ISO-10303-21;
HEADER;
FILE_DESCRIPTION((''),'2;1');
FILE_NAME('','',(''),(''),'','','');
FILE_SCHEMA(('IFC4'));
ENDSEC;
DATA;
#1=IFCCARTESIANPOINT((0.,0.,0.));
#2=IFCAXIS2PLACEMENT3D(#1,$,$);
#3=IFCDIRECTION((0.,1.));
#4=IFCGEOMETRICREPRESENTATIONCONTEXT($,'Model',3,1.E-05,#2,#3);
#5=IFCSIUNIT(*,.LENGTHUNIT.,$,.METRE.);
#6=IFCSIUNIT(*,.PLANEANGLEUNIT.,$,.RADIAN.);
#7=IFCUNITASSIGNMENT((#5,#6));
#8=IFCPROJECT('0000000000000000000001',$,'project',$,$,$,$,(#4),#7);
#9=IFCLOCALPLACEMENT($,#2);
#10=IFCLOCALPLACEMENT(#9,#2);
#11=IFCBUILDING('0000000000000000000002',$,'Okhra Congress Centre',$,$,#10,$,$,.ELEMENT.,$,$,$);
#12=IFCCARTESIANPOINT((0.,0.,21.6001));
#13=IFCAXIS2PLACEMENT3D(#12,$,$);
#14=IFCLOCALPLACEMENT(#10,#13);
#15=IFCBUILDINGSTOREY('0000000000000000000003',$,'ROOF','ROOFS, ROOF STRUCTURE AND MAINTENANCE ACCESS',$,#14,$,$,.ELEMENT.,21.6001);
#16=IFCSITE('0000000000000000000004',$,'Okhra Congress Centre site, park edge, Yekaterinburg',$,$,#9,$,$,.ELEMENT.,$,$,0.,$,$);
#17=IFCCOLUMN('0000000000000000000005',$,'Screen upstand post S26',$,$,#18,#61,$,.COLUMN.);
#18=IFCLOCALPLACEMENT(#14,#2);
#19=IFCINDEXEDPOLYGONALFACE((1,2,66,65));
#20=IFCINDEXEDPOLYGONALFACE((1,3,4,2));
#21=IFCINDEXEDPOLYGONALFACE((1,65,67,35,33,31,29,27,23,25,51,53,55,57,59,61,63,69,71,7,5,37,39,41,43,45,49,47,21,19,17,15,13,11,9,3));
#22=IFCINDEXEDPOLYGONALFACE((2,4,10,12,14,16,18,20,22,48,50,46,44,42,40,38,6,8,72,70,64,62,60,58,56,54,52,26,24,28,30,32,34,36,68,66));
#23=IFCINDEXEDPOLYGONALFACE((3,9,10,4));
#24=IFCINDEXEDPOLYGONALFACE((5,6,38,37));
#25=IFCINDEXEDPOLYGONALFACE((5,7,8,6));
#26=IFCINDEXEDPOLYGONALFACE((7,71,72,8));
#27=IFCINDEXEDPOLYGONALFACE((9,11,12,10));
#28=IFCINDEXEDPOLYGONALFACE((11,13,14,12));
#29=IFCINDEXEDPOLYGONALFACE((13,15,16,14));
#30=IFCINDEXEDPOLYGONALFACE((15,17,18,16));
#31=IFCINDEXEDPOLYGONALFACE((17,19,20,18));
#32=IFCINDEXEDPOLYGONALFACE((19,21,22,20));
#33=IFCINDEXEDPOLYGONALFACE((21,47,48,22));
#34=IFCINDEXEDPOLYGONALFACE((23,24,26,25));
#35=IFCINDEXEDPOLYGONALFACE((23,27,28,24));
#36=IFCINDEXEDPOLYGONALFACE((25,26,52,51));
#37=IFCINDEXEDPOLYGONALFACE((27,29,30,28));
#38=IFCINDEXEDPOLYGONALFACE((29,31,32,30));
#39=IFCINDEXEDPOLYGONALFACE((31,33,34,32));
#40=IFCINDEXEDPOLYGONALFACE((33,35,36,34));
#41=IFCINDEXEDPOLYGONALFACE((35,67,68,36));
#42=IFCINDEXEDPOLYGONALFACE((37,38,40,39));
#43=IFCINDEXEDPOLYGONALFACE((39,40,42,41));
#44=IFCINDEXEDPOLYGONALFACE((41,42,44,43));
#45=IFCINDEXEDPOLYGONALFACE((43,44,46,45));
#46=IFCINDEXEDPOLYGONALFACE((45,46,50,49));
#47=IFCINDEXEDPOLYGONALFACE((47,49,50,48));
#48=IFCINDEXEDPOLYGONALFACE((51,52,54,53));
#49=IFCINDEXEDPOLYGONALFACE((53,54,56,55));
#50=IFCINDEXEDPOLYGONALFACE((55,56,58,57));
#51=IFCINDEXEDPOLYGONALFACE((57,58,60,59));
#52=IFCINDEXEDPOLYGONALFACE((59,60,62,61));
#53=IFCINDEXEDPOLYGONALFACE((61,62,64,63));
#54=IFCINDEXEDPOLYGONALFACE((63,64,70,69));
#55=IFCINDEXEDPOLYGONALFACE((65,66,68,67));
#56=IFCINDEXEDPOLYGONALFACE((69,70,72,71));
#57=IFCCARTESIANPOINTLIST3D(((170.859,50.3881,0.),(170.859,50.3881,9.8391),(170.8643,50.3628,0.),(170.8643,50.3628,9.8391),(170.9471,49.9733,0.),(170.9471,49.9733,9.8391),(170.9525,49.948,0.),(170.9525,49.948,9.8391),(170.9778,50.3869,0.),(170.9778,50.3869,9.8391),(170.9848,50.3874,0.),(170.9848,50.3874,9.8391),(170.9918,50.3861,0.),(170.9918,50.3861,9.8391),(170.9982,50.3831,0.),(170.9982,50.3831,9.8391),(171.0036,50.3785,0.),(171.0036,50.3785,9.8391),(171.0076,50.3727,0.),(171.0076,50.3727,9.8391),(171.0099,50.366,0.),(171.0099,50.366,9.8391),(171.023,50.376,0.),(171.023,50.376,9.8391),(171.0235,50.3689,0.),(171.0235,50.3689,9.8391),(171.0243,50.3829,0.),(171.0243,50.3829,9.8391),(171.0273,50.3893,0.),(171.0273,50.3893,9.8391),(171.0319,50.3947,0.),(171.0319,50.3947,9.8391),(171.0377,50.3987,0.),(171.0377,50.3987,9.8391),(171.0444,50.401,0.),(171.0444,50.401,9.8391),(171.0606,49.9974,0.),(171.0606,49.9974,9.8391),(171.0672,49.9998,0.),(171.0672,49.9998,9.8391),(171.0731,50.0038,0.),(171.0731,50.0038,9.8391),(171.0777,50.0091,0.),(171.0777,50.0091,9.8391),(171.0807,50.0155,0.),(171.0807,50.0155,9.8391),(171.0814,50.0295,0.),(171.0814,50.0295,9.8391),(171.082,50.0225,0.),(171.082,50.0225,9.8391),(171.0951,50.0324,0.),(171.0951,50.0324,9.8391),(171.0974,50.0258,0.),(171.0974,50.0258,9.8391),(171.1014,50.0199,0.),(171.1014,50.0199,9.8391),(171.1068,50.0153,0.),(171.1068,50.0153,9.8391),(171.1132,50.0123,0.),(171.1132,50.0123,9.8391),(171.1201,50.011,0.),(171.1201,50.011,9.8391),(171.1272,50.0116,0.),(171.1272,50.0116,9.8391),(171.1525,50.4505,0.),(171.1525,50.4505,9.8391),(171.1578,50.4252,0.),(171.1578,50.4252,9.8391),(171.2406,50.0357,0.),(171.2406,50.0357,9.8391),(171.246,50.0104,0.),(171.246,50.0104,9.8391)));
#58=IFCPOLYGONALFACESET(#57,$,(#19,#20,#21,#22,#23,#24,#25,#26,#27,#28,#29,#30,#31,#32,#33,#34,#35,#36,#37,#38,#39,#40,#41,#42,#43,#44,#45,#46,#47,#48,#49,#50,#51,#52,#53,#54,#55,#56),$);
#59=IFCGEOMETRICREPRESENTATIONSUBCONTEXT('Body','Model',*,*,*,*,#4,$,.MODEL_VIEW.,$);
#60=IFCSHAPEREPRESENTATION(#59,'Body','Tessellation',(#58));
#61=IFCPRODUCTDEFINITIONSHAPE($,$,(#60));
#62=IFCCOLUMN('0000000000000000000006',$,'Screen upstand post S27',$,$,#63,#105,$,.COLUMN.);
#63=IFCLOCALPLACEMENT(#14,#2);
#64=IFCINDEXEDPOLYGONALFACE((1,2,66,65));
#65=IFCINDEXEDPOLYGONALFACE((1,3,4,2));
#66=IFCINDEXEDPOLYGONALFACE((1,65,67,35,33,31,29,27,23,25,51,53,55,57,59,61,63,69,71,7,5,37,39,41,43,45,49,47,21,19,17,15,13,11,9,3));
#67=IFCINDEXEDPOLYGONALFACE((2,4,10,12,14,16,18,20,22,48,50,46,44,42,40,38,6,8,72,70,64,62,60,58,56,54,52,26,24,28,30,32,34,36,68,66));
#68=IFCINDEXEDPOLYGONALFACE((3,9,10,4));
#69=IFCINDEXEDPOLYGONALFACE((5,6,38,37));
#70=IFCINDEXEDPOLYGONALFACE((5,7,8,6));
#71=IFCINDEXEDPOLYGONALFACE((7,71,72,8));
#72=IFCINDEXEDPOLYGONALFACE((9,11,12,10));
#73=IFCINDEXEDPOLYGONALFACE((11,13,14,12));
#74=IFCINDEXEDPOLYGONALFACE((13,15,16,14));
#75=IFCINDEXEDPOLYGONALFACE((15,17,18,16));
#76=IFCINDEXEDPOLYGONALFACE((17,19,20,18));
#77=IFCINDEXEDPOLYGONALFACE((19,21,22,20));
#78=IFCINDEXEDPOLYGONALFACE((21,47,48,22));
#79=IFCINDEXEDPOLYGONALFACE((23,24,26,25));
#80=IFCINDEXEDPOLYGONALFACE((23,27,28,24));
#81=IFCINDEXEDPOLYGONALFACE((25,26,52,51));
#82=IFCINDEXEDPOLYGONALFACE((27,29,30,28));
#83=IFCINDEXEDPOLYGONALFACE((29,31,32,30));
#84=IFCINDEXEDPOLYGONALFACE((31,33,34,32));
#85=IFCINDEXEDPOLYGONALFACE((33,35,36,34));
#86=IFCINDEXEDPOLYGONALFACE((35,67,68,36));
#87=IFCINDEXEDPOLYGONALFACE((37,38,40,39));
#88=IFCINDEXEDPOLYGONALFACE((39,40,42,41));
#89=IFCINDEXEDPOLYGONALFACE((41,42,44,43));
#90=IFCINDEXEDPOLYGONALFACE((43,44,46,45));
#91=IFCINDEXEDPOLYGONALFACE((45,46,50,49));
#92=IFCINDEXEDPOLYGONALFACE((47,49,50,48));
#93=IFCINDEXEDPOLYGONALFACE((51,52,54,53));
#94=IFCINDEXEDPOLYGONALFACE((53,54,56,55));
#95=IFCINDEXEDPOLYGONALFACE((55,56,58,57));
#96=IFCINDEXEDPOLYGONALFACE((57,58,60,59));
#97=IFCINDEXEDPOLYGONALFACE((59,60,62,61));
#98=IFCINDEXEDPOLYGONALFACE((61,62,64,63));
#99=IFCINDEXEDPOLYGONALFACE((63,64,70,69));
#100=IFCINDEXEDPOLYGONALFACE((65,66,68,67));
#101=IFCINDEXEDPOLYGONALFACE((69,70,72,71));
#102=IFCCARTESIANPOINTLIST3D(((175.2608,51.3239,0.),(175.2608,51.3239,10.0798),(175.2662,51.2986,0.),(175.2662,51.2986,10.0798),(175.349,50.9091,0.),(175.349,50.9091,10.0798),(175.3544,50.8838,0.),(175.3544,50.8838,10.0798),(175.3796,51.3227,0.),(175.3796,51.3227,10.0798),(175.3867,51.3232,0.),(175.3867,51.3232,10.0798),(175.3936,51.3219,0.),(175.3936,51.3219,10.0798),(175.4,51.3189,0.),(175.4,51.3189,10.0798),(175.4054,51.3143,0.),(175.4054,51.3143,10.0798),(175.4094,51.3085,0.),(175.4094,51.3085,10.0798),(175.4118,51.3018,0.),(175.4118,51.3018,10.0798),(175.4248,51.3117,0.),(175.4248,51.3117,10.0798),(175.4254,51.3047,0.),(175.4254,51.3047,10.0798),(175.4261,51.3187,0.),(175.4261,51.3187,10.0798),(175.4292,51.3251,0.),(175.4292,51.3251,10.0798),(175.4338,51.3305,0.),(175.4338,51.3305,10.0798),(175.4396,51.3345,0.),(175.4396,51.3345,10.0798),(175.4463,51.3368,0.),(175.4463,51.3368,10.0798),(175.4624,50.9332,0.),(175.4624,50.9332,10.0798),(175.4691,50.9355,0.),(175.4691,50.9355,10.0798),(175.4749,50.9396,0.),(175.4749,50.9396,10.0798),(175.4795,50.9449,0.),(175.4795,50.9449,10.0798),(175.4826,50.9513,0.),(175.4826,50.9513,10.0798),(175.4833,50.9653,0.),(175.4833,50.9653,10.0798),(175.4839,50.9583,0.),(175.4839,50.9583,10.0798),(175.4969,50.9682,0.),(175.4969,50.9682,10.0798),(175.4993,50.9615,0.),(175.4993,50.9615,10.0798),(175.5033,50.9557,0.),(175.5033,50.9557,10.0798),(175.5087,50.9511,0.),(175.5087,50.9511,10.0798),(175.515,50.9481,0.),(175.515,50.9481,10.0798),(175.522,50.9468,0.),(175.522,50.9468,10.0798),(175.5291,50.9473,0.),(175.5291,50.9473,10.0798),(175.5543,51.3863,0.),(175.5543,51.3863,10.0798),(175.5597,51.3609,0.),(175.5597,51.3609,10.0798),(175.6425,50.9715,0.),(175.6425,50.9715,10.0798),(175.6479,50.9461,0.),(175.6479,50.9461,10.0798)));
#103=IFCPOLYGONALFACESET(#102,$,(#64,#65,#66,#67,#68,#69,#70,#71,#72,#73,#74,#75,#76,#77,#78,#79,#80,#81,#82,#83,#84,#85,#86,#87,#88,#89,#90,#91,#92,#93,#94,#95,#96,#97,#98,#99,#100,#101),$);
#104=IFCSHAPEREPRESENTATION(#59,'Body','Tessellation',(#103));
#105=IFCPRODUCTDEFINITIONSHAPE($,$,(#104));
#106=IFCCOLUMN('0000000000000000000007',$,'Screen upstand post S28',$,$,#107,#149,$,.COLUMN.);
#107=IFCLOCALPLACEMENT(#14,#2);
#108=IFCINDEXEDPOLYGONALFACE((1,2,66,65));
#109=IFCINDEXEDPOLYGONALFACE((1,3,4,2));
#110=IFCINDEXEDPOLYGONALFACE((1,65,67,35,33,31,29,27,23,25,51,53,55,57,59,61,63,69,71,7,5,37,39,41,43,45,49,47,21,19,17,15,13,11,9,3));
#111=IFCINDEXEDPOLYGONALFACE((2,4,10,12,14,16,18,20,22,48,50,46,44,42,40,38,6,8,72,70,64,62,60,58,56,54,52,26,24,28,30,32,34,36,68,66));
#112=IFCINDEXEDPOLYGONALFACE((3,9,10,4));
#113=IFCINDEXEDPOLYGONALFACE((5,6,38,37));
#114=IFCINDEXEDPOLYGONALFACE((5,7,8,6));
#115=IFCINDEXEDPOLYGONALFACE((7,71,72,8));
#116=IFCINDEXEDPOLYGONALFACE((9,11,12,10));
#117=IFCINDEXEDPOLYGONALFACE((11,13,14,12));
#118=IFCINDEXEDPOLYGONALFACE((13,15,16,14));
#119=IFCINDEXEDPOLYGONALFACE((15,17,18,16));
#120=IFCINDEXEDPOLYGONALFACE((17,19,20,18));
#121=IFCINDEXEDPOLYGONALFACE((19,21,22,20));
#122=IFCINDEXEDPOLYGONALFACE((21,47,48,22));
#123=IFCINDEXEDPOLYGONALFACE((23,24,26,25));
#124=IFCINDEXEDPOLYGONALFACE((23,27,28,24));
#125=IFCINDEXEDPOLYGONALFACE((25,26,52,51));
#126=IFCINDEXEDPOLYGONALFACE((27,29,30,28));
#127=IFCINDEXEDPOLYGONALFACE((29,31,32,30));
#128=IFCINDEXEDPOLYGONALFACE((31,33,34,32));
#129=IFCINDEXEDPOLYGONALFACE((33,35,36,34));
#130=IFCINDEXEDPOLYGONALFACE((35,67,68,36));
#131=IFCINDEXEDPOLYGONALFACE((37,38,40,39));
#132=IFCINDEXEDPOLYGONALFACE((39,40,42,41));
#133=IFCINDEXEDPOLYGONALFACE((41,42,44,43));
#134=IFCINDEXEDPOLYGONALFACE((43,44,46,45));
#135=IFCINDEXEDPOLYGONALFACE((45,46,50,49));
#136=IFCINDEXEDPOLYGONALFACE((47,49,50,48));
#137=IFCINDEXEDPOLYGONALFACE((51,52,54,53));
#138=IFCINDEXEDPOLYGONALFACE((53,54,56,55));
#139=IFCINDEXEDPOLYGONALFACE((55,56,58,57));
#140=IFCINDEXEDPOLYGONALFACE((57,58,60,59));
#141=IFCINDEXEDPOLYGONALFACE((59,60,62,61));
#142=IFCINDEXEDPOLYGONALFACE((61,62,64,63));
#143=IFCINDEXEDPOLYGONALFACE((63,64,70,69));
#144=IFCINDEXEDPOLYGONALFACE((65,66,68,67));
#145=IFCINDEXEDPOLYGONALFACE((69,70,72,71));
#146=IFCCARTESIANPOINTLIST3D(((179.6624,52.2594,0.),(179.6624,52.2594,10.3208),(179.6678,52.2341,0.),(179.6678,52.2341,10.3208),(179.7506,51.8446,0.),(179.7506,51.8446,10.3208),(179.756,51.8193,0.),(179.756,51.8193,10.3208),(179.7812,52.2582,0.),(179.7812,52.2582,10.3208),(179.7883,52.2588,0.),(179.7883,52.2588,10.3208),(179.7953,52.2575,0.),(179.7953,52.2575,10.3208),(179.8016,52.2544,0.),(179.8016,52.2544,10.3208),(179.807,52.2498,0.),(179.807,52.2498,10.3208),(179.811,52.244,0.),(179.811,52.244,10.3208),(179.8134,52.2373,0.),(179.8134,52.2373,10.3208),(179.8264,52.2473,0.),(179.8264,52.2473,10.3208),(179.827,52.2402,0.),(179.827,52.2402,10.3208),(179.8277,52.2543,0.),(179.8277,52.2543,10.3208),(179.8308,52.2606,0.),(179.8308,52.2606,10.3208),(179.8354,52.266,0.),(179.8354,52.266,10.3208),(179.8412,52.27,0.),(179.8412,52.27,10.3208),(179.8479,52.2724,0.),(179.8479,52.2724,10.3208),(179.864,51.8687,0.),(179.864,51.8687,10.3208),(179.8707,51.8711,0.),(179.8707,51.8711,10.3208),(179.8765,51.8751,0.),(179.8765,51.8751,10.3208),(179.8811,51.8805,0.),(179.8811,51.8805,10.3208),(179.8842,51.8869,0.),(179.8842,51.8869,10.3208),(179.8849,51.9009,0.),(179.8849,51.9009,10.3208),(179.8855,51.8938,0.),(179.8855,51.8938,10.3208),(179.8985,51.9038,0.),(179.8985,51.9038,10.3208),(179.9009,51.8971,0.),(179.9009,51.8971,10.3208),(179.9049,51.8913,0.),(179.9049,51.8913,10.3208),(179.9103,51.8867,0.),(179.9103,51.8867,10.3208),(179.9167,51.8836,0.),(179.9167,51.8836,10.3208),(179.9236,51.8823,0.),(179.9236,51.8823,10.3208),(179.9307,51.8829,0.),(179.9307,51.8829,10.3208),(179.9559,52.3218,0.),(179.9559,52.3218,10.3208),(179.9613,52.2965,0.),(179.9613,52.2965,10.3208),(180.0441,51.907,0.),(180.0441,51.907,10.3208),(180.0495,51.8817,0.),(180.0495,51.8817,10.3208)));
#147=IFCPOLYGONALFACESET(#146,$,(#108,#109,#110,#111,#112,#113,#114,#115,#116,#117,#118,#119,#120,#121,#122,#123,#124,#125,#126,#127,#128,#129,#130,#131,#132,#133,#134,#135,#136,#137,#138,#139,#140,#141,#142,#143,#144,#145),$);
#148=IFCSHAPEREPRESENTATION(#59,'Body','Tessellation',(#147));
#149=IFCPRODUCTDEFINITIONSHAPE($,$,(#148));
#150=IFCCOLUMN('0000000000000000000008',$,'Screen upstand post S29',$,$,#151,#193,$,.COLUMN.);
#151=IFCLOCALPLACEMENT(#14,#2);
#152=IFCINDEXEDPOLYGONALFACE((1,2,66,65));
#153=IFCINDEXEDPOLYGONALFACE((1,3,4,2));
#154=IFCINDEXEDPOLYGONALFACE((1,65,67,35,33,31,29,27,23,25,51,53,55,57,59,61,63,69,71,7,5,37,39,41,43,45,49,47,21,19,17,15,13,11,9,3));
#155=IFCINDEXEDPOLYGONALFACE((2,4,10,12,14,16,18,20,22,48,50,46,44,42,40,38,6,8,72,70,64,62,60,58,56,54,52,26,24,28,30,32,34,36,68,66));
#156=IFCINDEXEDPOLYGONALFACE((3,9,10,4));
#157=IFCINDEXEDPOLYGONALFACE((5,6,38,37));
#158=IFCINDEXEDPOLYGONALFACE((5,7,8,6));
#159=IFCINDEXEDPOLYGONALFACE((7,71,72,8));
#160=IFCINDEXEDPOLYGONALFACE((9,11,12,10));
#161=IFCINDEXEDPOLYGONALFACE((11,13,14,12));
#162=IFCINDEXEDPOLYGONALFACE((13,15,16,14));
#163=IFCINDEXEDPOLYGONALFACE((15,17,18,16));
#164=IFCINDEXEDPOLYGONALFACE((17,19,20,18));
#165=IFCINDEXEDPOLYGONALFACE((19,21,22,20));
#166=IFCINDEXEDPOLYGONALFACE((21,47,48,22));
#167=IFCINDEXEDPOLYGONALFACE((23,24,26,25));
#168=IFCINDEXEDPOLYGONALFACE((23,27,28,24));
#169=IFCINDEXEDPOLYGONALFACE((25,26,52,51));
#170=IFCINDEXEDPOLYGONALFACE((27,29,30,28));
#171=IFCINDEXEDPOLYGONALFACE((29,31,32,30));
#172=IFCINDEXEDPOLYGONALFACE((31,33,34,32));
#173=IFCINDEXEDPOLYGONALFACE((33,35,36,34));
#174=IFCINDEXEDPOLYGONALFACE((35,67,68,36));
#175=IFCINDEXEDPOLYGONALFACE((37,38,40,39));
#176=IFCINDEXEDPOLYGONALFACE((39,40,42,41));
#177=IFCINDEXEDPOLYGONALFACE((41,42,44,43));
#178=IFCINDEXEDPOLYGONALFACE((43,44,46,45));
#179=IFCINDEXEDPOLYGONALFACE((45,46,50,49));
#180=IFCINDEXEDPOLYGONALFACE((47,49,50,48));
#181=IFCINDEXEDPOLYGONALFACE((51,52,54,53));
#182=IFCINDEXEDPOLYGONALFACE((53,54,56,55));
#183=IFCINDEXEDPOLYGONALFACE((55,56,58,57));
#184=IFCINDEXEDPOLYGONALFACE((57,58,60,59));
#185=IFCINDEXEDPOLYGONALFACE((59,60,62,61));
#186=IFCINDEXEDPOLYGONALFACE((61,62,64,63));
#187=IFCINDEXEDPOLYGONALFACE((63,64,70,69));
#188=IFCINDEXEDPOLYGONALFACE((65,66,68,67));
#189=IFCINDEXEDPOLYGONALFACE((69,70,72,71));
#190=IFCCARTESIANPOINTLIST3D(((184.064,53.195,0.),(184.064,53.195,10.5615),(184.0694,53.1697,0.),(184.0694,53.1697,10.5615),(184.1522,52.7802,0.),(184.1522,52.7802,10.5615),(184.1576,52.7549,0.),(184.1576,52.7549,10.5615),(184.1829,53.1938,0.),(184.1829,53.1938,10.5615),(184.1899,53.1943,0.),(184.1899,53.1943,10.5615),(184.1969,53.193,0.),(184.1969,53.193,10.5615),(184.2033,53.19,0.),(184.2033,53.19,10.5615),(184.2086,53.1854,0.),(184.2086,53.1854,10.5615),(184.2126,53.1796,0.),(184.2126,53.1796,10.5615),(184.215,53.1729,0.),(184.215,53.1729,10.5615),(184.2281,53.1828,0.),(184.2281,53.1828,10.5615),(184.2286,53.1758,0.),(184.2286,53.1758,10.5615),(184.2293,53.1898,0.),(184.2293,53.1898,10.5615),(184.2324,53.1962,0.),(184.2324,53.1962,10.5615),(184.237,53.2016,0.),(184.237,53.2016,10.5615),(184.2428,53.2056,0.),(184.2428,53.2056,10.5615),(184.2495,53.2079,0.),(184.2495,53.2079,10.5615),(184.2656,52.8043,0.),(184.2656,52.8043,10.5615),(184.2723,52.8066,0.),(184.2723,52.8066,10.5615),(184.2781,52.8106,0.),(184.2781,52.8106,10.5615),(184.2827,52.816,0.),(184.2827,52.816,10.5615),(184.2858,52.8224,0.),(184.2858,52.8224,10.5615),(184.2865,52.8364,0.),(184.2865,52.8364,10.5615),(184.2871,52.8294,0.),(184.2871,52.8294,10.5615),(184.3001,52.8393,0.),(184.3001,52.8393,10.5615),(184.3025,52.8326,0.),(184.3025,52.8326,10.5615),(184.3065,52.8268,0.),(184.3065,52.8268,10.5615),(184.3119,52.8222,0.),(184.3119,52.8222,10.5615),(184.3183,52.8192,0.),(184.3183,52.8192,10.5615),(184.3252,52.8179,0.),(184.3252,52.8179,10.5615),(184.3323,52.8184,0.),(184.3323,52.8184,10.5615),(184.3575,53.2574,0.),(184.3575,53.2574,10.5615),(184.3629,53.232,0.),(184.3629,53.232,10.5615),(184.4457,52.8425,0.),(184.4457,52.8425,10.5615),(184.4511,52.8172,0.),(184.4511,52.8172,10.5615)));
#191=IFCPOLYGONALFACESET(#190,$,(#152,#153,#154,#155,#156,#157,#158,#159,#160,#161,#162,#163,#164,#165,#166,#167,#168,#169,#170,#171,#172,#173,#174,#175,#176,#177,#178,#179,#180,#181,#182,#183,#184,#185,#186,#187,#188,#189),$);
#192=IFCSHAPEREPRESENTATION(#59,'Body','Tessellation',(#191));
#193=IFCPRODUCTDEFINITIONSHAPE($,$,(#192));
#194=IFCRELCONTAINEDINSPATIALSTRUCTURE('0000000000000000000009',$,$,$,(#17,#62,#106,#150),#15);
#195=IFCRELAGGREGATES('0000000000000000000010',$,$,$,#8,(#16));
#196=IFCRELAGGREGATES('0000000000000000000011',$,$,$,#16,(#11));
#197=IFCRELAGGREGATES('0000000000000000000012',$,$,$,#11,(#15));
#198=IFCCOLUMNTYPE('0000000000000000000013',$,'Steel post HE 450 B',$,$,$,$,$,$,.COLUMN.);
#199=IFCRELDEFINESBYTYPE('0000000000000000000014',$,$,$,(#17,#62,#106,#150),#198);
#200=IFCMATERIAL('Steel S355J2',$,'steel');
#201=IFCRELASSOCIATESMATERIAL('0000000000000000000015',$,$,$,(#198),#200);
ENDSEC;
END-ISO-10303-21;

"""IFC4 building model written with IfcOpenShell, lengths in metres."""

from ifc_helpers import new_model, si_unit, direction, frame, origin, origin_2d, place, context, subcontext, project, spatial, i_section, extrude, material, material_profile, profile_set, type_object, element, save


model = new_model("IFC4")

# Units and contexts
model_context = context("Model", 3, precision=1e-05, world=origin(), true_north=direction((0.0, 1.0)))
body_context = subcontext(model_context, "Body", "Model", "MODEL_VIEW")
ifc_project = project(units=[si_unit("LENGTHUNIT", "METRE"), si_unit("PLANEANGLEUNIT", "RADIAN")], contexts=[model_context])

# Site, building, storey
site_placement = place(None, origin())
site = spatial("IfcSite", under=ifc_project, at=site_placement, Name="Okhra Congress Centre site, park edge, Yekaterinburg", CompositionType="ELEMENT", RefElevation=0.0)
building_placement = place(site_placement, origin())
building = spatial("IfcBuilding", under=site, at=building_placement, Name="Okhra Congress Centre", CompositionType="ELEMENT")
storey_placement = place(building_placement, frame((0.0, 0.0, 21.6001)))
storey = spatial("IfcBuildingStorey", under=building, at=storey_placement, Name="ROOF", Description="ROOFS, ROOF STRUCTURE AND MAINTENANCE ACCESS", CompositionType="ELEMENT", Elevation=21.6001)

# Columns
ifc_material_1 = material(Name="Steel S355J2", Category="steel")
ifc_material_profile_1 = material_profile(ifc_material_1, i_section(OverallWidth=0.3, OverallDepth=0.45, WebThickness=0.0139, FlangeThickness=0.0259, FilletRadius=0.0271, at=origin_2d()), Name="HE 450 B")
ifc_profile_set_1 = profile_set([ifc_material_profile_1], Name="Steel S355J2")
column_type = type_object("IfcColumnType", Name="Steel post HE 450 B", PredefinedType="COLUMN", material=ifc_profile_set_1)
column_1_placement = place(storey_placement, frame((171.0525, 50.1992, 0.0), z_axis=(0.0, 0.0, 1.0), x_axis=(0.978148, 0.207912, 0.0)))
element("IfcColumn", 1, at=column_1_placement, inside=storey, type_object=column_type, Name="Screen upstand post S26", PredefinedType="COLUMN", context=body_context, shape_type="SweptSolid", body=[
    extrude(i_section(OverallWidth=0.3, OverallDepth=0.45, WebThickness=0.0139, FlangeThickness=0.0259, FilletRadius=0.0271, at=origin_2d()), origin(), (0.0, 0.0, 1.0), 9.8391),
])
column_2_placement = place(storey_placement, frame((175.4543, 51.135, 0.0), z_axis=(0.0, 0.0, 1.0), x_axis=(0.978148, 0.207912, 0.0)))
element("IfcColumn", 2, at=column_2_placement, inside=storey, type_object=column_type, Name="Screen upstand post S27", PredefinedType="COLUMN", context=body_context, shape_type="SweptSolid", body=[
    extrude(i_section(OverallWidth=0.3, OverallDepth=0.45, WebThickness=0.0139, FlangeThickness=0.0259, FilletRadius=0.0271, at=origin_2d()), origin(), (0.0, 0.0, 1.0), 10.0798),
])
column_3_placement = place(storey_placement, frame((179.856, 52.0706, 0.0), z_axis=(0.0, 0.0, 1.0), x_axis=(0.978148, 0.207912, 0.0)))
element("IfcColumn", 3, at=column_3_placement, inside=storey, type_object=column_type, Name="Screen upstand post S28", PredefinedType="COLUMN", context=body_context, shape_type="SweptSolid", body=[
    extrude(i_section(OverallWidth=0.3, OverallDepth=0.45, WebThickness=0.0139, FlangeThickness=0.0259, FilletRadius=0.0271, at=origin_2d()), origin(), (0.0, 0.0, 1.0), 10.3208),
])
column_4_placement = place(storey_placement, frame((184.2576, 53.0061, 0.0), z_axis=(0.0, 0.0, 1.0), x_axis=(0.978148, 0.207912, 0.0)))
element("IfcColumn", 4, at=column_4_placement, inside=storey, type_object=column_type, Name="Screen upstand post S29", PredefinedType="COLUMN", context=body_context, shape_type="SweptSolid", body=[
    extrude(i_section(OverallWidth=0.3, OverallDepth=0.45, WebThickness=0.0139, FlangeThickness=0.0259, FilletRadius=0.0271, at=origin_2d()), origin(), (0.0, 0.0, 1.0), 10.5615),
])

save(model, "model.ifc")
